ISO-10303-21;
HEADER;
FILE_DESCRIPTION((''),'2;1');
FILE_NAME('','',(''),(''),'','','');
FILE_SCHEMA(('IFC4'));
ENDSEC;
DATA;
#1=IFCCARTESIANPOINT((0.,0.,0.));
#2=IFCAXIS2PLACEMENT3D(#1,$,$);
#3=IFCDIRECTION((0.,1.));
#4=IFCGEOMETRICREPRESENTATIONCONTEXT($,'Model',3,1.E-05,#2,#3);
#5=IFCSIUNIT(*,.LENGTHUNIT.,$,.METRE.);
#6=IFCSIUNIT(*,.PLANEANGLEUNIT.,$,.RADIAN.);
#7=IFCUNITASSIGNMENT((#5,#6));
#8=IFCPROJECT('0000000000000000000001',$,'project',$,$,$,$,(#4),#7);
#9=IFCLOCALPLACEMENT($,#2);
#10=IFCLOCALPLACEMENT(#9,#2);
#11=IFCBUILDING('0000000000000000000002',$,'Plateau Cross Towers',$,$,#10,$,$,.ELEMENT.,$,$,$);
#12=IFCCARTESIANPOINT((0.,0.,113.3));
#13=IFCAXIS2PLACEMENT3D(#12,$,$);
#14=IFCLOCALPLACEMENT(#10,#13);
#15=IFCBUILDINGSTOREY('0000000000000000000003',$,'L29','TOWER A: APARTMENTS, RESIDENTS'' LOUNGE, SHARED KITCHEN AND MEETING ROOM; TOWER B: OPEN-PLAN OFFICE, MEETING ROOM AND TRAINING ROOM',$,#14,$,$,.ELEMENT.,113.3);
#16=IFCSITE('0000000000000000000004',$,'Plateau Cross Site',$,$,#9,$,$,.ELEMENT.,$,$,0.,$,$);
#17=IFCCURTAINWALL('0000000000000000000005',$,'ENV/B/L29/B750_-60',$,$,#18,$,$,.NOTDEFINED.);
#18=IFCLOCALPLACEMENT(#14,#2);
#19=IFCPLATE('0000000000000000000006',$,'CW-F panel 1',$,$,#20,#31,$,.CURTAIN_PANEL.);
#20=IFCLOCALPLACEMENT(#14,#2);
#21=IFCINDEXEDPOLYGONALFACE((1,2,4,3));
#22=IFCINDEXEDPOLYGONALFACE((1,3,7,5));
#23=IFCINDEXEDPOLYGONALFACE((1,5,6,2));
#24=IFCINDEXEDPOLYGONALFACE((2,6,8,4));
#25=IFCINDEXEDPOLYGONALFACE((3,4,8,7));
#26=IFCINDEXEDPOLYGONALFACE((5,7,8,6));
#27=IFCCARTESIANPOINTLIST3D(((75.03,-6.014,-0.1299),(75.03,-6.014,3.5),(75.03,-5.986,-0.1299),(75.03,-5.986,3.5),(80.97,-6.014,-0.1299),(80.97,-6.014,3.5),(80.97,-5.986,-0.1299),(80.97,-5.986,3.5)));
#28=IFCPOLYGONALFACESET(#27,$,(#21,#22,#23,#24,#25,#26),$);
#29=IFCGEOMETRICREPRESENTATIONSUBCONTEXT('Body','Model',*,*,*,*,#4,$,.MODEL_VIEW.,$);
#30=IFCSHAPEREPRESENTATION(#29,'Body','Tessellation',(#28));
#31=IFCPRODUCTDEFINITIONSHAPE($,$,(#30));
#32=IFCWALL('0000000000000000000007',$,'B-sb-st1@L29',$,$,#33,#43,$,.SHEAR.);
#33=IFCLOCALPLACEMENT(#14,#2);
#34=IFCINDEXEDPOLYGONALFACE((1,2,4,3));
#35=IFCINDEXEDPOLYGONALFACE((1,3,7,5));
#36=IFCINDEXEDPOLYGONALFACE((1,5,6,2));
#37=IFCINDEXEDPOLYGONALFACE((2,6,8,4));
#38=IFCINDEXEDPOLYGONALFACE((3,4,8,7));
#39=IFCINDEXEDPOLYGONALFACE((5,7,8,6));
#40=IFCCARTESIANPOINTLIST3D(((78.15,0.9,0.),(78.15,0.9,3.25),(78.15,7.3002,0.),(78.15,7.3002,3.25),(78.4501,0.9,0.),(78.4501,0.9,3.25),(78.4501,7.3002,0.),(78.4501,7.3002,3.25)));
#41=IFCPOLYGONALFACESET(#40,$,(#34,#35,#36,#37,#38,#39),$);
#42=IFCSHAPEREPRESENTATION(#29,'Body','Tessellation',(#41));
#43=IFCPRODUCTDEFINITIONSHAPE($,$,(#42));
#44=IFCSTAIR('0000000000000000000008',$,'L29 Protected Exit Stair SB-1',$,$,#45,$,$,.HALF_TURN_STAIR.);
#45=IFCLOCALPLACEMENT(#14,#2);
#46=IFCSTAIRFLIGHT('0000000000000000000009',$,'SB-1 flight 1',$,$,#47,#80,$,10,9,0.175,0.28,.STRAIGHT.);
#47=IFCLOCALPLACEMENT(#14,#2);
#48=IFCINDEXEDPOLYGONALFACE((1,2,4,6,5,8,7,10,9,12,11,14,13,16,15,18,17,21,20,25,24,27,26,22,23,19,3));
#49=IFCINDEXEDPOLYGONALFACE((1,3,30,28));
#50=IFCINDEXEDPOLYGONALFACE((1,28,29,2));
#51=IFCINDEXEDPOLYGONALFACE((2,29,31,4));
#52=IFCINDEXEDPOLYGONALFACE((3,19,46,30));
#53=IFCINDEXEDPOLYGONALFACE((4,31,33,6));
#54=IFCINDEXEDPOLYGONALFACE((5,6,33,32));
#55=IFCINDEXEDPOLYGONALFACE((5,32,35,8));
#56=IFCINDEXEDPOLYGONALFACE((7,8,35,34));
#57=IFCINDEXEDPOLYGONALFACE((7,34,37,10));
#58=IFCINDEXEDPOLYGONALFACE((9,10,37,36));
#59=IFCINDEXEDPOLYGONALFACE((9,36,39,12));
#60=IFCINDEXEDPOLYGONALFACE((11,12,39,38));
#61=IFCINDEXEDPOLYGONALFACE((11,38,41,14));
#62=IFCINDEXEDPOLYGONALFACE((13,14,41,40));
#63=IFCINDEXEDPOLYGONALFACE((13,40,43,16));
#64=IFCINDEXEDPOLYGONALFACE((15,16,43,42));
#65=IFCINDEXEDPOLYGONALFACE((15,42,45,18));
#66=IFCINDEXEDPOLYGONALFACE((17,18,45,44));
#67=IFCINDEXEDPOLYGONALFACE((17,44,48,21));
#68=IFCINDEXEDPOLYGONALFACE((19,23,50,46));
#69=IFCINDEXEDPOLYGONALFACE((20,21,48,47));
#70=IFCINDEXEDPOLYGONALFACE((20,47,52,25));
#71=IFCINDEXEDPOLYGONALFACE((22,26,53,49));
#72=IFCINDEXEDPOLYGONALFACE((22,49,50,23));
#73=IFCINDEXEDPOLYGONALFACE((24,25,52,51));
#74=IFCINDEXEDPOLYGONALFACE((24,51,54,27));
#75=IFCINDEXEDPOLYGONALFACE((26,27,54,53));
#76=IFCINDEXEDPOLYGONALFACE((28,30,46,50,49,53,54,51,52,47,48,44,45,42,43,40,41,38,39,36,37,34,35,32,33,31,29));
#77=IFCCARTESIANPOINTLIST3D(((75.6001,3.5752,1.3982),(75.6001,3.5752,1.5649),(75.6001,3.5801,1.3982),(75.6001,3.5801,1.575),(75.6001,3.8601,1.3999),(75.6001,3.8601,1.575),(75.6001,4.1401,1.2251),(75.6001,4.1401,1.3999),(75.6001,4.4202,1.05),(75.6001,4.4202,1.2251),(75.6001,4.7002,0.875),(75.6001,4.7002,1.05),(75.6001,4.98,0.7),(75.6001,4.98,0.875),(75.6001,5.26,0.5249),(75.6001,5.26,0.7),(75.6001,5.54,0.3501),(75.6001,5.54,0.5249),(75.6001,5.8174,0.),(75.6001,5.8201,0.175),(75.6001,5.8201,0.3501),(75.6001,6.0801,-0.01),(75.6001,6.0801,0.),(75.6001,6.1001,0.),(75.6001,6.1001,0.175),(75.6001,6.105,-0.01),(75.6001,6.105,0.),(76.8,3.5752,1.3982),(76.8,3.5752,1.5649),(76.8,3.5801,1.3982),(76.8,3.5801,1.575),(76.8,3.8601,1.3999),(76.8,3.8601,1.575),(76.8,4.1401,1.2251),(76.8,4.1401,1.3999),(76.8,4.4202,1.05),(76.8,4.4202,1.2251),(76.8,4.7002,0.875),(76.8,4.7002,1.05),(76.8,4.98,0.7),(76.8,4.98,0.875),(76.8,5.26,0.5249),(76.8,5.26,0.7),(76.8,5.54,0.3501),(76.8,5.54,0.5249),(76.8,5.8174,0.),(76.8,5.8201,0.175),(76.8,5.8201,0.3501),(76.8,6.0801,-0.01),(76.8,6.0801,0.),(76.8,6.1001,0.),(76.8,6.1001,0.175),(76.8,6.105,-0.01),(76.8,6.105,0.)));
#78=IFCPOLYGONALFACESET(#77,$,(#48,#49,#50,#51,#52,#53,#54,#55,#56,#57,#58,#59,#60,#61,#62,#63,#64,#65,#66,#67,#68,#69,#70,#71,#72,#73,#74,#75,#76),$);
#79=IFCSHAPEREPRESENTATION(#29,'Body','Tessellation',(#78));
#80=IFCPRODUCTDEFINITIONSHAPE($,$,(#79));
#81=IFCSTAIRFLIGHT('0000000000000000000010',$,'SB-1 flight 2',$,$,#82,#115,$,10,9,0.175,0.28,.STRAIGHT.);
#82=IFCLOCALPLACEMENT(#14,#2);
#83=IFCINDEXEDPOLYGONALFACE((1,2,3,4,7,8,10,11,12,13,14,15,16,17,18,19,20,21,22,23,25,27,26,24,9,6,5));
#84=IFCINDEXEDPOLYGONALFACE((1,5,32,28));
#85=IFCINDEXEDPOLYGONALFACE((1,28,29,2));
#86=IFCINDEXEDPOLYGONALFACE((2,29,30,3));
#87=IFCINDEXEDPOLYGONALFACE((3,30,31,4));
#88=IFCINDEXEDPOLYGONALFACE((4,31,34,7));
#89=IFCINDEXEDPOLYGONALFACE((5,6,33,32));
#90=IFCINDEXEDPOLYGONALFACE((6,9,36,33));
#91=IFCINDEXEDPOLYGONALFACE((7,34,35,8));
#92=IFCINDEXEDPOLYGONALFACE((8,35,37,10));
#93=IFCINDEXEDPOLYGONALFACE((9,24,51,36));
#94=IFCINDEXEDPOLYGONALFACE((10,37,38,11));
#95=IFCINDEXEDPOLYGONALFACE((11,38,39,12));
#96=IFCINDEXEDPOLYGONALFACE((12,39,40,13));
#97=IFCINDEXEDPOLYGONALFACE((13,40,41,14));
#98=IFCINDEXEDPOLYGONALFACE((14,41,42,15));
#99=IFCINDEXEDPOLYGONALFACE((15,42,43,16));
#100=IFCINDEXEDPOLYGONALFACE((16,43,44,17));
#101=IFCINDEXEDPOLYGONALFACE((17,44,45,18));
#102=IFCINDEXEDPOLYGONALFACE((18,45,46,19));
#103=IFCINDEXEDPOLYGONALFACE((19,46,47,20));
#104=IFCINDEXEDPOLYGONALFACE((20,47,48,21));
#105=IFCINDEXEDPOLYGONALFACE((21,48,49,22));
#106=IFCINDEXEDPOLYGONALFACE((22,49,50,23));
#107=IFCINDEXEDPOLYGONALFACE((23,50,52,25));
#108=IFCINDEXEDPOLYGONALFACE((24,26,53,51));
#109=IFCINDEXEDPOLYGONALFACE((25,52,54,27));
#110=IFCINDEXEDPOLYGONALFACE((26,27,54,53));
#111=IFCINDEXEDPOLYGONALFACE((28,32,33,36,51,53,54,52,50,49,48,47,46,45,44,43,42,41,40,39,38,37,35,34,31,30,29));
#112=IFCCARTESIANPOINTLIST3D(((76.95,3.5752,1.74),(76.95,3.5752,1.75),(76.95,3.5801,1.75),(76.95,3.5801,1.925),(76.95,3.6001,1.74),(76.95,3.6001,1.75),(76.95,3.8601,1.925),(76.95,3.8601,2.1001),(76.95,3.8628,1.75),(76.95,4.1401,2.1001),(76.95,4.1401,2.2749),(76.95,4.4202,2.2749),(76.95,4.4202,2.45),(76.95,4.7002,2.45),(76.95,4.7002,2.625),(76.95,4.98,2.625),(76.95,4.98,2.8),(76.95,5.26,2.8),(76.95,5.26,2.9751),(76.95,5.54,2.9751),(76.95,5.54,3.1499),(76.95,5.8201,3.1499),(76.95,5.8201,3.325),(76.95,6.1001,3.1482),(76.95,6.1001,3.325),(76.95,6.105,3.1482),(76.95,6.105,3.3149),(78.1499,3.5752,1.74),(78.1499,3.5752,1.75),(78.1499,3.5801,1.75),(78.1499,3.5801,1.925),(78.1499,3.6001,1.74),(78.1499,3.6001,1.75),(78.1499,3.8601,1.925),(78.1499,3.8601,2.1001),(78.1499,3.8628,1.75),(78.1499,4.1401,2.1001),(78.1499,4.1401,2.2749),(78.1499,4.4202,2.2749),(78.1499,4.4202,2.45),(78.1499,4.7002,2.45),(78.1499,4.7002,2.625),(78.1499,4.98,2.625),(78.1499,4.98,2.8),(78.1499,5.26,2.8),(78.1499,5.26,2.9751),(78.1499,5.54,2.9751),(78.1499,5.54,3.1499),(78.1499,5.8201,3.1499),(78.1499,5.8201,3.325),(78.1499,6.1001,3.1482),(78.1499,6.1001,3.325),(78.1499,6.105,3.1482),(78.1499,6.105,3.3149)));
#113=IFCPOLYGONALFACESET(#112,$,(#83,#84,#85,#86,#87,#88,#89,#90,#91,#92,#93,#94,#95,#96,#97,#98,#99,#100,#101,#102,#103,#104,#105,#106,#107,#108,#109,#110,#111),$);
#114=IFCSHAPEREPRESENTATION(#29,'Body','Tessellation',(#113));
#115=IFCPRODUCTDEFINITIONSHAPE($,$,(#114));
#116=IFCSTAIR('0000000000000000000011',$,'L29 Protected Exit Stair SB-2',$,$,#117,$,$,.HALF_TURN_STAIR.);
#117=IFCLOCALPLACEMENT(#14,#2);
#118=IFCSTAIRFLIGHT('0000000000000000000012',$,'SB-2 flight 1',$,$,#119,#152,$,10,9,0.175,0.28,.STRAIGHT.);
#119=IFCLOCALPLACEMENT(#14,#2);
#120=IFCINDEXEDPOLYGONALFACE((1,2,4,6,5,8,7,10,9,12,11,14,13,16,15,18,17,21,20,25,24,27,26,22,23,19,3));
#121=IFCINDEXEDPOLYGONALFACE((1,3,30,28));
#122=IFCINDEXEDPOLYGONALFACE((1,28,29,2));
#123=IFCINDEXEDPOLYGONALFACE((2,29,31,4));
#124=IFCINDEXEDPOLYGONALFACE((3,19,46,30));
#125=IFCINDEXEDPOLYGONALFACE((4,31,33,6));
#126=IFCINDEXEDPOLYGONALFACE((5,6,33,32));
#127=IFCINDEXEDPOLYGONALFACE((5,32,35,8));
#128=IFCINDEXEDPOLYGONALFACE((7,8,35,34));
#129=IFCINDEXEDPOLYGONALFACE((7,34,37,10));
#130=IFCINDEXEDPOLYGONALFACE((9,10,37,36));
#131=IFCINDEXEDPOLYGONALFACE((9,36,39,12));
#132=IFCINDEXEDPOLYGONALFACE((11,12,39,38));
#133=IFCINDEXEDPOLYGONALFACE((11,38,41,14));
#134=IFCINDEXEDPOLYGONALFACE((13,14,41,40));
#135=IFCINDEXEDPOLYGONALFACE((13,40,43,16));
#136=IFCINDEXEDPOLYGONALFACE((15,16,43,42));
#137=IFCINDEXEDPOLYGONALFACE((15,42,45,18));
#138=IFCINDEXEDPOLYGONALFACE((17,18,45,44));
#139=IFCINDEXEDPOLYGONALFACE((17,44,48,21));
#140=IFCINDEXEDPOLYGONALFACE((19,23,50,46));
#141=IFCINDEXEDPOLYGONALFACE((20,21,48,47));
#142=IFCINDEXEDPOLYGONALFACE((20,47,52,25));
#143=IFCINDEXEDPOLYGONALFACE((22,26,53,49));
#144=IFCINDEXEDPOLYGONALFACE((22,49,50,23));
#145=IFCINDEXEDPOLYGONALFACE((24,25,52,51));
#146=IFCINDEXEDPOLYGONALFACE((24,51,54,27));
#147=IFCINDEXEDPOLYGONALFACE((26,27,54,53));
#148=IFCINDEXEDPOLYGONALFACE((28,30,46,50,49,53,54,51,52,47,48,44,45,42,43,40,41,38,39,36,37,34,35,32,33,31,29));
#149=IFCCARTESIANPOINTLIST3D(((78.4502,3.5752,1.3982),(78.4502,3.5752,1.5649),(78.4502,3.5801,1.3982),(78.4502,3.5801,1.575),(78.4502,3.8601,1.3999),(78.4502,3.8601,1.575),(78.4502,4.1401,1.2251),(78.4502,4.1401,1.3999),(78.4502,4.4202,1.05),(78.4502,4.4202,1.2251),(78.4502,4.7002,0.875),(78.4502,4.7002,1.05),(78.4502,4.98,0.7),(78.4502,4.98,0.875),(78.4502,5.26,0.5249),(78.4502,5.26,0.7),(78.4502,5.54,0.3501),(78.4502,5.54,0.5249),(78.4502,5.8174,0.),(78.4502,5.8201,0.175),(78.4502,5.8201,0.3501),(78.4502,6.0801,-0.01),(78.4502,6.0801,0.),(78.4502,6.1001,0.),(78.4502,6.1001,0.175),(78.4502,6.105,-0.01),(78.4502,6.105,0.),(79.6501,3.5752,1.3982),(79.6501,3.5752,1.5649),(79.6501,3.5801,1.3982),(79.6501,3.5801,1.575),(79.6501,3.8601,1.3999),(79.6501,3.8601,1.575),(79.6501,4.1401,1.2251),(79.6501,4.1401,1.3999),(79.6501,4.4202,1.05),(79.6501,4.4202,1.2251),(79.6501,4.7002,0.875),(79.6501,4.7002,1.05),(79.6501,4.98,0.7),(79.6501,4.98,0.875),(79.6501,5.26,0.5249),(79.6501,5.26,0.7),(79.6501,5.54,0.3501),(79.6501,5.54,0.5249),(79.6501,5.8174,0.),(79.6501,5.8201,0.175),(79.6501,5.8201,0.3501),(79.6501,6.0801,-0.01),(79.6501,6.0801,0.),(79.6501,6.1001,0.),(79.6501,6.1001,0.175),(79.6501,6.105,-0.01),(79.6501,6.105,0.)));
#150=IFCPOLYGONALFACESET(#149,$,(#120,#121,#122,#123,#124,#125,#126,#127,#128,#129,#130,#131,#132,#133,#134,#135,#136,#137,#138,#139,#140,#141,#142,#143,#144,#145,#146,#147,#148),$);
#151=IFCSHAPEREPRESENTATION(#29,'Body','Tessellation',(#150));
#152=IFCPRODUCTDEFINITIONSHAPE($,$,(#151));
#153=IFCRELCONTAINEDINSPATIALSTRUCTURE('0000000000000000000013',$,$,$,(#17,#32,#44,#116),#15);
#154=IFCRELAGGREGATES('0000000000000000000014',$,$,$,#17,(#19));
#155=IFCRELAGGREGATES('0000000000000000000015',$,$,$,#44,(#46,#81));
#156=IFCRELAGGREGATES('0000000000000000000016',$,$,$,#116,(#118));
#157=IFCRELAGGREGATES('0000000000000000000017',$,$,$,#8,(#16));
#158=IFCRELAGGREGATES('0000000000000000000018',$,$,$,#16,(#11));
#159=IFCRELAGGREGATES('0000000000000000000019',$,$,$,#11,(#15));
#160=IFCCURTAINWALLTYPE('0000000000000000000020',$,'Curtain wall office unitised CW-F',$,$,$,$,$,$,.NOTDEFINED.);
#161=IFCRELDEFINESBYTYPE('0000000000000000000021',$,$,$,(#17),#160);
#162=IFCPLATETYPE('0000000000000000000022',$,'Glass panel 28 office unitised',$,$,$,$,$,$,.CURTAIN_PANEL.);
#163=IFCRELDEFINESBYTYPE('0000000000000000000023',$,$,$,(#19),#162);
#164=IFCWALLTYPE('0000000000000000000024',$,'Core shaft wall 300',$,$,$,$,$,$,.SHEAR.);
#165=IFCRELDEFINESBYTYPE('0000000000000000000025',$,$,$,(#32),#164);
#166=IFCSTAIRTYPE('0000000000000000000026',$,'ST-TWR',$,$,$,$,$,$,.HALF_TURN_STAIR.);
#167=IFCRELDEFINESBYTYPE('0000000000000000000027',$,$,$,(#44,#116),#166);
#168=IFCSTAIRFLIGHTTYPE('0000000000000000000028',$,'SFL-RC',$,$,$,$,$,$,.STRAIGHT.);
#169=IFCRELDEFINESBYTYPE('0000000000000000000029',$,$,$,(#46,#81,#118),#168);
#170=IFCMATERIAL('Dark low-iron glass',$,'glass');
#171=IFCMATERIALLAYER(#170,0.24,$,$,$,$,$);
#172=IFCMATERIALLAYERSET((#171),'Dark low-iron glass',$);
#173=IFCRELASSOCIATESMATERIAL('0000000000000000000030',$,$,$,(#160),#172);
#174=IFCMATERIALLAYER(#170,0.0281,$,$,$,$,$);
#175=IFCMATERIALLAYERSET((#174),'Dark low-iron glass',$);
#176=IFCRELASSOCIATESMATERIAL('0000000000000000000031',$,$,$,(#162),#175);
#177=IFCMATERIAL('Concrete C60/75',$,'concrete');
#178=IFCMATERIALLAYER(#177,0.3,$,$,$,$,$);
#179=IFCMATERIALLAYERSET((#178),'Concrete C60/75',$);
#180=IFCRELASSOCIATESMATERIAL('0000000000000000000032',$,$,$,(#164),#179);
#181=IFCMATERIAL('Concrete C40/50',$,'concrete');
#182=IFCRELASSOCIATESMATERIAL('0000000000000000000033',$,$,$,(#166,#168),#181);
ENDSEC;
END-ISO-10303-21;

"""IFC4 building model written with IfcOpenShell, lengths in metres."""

from ifc_helpers import new_model, si_unit, direction, frame, frame_2d, origin, origin_2d, place, context, subcontext, project, spatial, polyline, rectangle, outline, extrude, material, layer, layer_set, type_object, element, aggregate, save


model = new_model("IFC4")

# Units and contexts
model_context = context("Model", 3, precision=1e-05, world=origin(), true_north=direction((0.0, 1.0)))
body_context = subcontext(model_context, "Body", "Model", "MODEL_VIEW")
ifc_project = project(units=[si_unit("LENGTHUNIT", "METRE"), si_unit("PLANEANGLEUNIT", "RADIAN")], contexts=[model_context])

# Site, building, storey
site_placement = place(None, origin())
site = spatial("IfcSite", under=ifc_project, at=site_placement, Name="Plateau Cross Site", CompositionType="ELEMENT", RefElevation=0.0)
building_placement = place(site_placement, origin())
building = spatial("IfcBuilding", under=site, at=building_placement, Name="Plateau Cross Towers", CompositionType="ELEMENT")
storey_placement = place(building_placement, frame((0.0, 0.0, 113.3)))
storey = spatial("IfcBuildingStorey", under=building, at=storey_placement, Name="L29", Description="TOWER A: APARTMENTS, RESIDENTS' LOUNGE, SHARED KITCHEN AND MEETING ROOM; TOWER B: OPEN-PLAN OFFICE, MEETING ROOM AND TRAINING ROOM", CompositionType="ELEMENT", Elevation=113.3)

# Curtain wall, plate
ifc_material_1 = material(Name="Dark low-iron glass", Category="glass")
ifc_layer_1 = layer(ifc_material_1, 0.24)
ifc_layer_set_1 = layer_set([ifc_layer_1], Name="Dark low-iron glass")
curtain_wall_type = type_object("IfcCurtainWallType", Name="Curtain wall office unitised CW-F", PredefinedType="NOTDEFINED", material=ifc_layer_set_1)
curtain_wall_placement = place(storey_placement, origin())
curtain_wall = element("IfcCurtainWall", 1, at=curtain_wall_placement, inside=storey, type_object=curtain_wall_type, Name="ENV/B/L29/B750_-60", PredefinedType="NOTDEFINED")
ifc_layer_2 = layer(ifc_material_1, 0.0281)
ifc_layer_set_2 = layer_set([ifc_layer_2], Name="Dark low-iron glass")
plate_type = type_object("IfcPlateType", Name="Glass panel 28 office unitised", PredefinedType="CURTAIN_PANEL", material=ifc_layer_set_2)
plate_placement = place(storey_placement, frame((78.0, -6.0, -0.1299), z_axis=(0.0, 0.0, 1.0), x_axis=(1.0, 0.0, 0.0)))
plate = element("IfcPlate", 2, at=plate_placement, type_object=plate_type, Name="CW-F panel 1", PredefinedType="CURTAIN_PANEL", context=body_context, shape_type="SweptSolid", body=[
    extrude(rectangle(XDim=5.9399, YDim=0.0281, at=origin_2d()), origin(), (0.0, 0.0, 1.0), 3.6299),
])
aggregate(curtain_wall, [plate])

# Wall
ifc_material_2 = material(Name="Concrete C60/75", Category="concrete")
ifc_layer_3 = layer(ifc_material_2, 0.3)
ifc_layer_set_3 = layer_set([ifc_layer_3], Name="Concrete C60/75")
wall_type = type_object("IfcWallType", Name="Core shaft wall 300", PredefinedType="SHEAR", material=ifc_layer_set_3)
wall_placement = place(storey_placement, frame((78.3, 0.8999, 0.0), z_axis=(0.0, 0.0, 1.0), x_axis=(0.0, 1.0, 0.0)))
element("IfcWall", 3, at=wall_placement, inside=storey, type_object=wall_type, Name="B-sb-st1@L29", PredefinedType="SHEAR", context=body_context, shape_type="SweptSolid", body=[
    extrude(rectangle(XDim=6.4001, YDim=0.3, at=frame_2d((3.2002, 0.0))), origin(), (0.0, 0.0, 1.0), 3.25),
])

# Stairs, stair flights
ifc_material_3 = material(Name="Concrete C40/50", Category="concrete")
stair_type = type_object("IfcStairType", Name="ST-TWR", PredefinedType="HALF_TURN_STAIR", material=ifc_material_3)
stair_1_placement = place(storey_placement, origin())
stair_1 = element("IfcStair", 4, at=stair_1_placement, inside=storey, type_object=stair_type, Name="L29 Protected Exit Stair SB-1", PredefinedType="HALF_TURN_STAIR")
stair_flight_type = type_object("IfcStairFlightType", Name="SFL-RC", PredefinedType="STRAIGHT", material=ifc_material_3)
stair_flight_1_placement = place(storey_placement, frame((76.2, 6.1001, 0.0), z_axis=(0.0, 0.0, 1.0), x_axis=(0.0, -1.0, 0.0)))
stair_flight_1 = element("IfcStairFlight", 5, at=stair_flight_1_placement, type_object=stair_flight_type, Name="SB-1 flight 1", NumberOfRisers=10, NumberOfTreads=9, PredefinedType="STRAIGHT", RiserHeight=0.175, TreadLength=0.28, context=body_context, shape_type="SweptSolid", body=[
    extrude(outline(polyline([(-0.0049, -0.01), (-0.0049, 0.0), (0.0, 0.0), (0.0, 0.175), (0.28, 0.175), (0.28, 0.3501), (0.5601, 0.3501), (0.5601, 0.5249), (0.8401, 0.5249), (0.8401, 0.7), (1.1201, 0.7), (1.1201, 0.875), (1.3999, 0.875), (1.3999, 1.05), (1.6799, 1.05), (1.6799, 1.2251), (1.96, 1.2251), (1.96, 1.3999), (2.24, 1.3999), (2.24, 1.575), (2.52, 1.575), (2.5249, 1.5649), (2.5249, 1.3982), (2.52, 1.3982), (0.2827, 0.0), (0.02, 0.0), (0.02, -0.01), (-0.0049, -0.01)])), frame((0.0, 0.6001, 0.0), z_axis=(0.0, -1.0, 0.0), x_axis=(1.0, 0.0, 0.0)), (0.0, 0.0, 1.0), 1.2),
])
stair_flight_2_placement = place(storey_placement, frame((77.55, 3.5801, 1.75), z_axis=(0.0, 0.0, 1.0), x_axis=(0.0, 1.0, 0.0)))
stair_flight_2 = element("IfcStairFlight", 6, at=stair_flight_2_placement, type_object=stair_flight_type, Name="SB-1 flight 2", NumberOfRisers=10, NumberOfTreads=9, PredefinedType="STRAIGHT", RiserHeight=0.175, TreadLength=0.28, context=body_context, shape_type="SweptSolid", body=[
    extrude(outline(polyline([(-0.0049, -0.01), (-0.0049, 0.0), (0.0, 0.0), (0.0, 0.175), (0.28, 0.175), (0.28, 0.3501), (0.5601, 0.3501), (0.5601, 0.5249), (0.8401, 0.5249), (0.8401, 0.7), (1.1201, 0.7), (1.1201, 0.875), (1.3999, 0.875), (1.3999, 1.05), (1.6799, 1.05), (1.6799, 1.2251), (1.96, 1.2251), (1.96, 1.3999), (2.24, 1.3999), (2.24, 1.575), (2.52, 1.575), (2.5249, 1.5649), (2.5249, 1.3982), (2.52, 1.3982), (0.2827, 0.0), (0.02, 0.0), (0.02, -0.01), (-0.0049, -0.01)])), frame((0.0, 0.6001, 0.0), z_axis=(0.0, -1.0, 0.0), x_axis=(1.0, 0.0, 0.0)), (0.0, 0.0, 1.0), 1.2),
])
aggregate(stair_1, [stair_flight_1, stair_flight_2])
stair_2_placement = place(storey_placement, origin())
stair_2 = element("IfcStair", 7, at=stair_2_placement, inside=storey, type_object=stair_type, Name="L29 Protected Exit Stair SB-2", PredefinedType="HALF_TURN_STAIR")
stair_flight_3_placement = place(storey_placement, frame((79.05, 6.1001, 0.0), z_axis=(0.0, 0.0, 1.0), x_axis=(0.0, -1.0, 0.0)))
stair_flight_3 = element("IfcStairFlight", 8, at=stair_flight_3_placement, type_object=stair_flight_type, Name="SB-2 flight 1", NumberOfRisers=10, NumberOfTreads=9, PredefinedType="STRAIGHT", RiserHeight=0.175, TreadLength=0.28, context=body_context, shape_type="SweptSolid", body=[
    extrude(outline(polyline([(-0.0049, -0.01), (-0.0049, 0.0), (0.0, 0.0), (0.0, 0.175), (0.28, 0.175), (0.28, 0.3501), (0.5601, 0.3501), (0.5601, 0.5249), (0.8401, 0.5249), (0.8401, 0.7), (1.1201, 0.7), (1.1201, 0.875), (1.3999, 0.875), (1.3999, 1.05), (1.6799, 1.05), (1.6799, 1.2251), (1.96, 1.2251), (1.96, 1.3999), (2.24, 1.3999), (2.24, 1.575), (2.52, 1.575), (2.5249, 1.5649), (2.5249, 1.3982), (2.52, 1.3982), (0.2827, 0.0), (0.02, 0.0), (0.02, -0.01), (-0.0049, -0.01)])), frame((0.0, 0.6001, 0.0), z_axis=(0.0, -1.0, 0.0), x_axis=(1.0, 0.0, 0.0)), (0.0, 0.0, 1.0), 1.2),
])
aggregate(stair_2, [stair_flight_3])

save(model, "model.ifc")
